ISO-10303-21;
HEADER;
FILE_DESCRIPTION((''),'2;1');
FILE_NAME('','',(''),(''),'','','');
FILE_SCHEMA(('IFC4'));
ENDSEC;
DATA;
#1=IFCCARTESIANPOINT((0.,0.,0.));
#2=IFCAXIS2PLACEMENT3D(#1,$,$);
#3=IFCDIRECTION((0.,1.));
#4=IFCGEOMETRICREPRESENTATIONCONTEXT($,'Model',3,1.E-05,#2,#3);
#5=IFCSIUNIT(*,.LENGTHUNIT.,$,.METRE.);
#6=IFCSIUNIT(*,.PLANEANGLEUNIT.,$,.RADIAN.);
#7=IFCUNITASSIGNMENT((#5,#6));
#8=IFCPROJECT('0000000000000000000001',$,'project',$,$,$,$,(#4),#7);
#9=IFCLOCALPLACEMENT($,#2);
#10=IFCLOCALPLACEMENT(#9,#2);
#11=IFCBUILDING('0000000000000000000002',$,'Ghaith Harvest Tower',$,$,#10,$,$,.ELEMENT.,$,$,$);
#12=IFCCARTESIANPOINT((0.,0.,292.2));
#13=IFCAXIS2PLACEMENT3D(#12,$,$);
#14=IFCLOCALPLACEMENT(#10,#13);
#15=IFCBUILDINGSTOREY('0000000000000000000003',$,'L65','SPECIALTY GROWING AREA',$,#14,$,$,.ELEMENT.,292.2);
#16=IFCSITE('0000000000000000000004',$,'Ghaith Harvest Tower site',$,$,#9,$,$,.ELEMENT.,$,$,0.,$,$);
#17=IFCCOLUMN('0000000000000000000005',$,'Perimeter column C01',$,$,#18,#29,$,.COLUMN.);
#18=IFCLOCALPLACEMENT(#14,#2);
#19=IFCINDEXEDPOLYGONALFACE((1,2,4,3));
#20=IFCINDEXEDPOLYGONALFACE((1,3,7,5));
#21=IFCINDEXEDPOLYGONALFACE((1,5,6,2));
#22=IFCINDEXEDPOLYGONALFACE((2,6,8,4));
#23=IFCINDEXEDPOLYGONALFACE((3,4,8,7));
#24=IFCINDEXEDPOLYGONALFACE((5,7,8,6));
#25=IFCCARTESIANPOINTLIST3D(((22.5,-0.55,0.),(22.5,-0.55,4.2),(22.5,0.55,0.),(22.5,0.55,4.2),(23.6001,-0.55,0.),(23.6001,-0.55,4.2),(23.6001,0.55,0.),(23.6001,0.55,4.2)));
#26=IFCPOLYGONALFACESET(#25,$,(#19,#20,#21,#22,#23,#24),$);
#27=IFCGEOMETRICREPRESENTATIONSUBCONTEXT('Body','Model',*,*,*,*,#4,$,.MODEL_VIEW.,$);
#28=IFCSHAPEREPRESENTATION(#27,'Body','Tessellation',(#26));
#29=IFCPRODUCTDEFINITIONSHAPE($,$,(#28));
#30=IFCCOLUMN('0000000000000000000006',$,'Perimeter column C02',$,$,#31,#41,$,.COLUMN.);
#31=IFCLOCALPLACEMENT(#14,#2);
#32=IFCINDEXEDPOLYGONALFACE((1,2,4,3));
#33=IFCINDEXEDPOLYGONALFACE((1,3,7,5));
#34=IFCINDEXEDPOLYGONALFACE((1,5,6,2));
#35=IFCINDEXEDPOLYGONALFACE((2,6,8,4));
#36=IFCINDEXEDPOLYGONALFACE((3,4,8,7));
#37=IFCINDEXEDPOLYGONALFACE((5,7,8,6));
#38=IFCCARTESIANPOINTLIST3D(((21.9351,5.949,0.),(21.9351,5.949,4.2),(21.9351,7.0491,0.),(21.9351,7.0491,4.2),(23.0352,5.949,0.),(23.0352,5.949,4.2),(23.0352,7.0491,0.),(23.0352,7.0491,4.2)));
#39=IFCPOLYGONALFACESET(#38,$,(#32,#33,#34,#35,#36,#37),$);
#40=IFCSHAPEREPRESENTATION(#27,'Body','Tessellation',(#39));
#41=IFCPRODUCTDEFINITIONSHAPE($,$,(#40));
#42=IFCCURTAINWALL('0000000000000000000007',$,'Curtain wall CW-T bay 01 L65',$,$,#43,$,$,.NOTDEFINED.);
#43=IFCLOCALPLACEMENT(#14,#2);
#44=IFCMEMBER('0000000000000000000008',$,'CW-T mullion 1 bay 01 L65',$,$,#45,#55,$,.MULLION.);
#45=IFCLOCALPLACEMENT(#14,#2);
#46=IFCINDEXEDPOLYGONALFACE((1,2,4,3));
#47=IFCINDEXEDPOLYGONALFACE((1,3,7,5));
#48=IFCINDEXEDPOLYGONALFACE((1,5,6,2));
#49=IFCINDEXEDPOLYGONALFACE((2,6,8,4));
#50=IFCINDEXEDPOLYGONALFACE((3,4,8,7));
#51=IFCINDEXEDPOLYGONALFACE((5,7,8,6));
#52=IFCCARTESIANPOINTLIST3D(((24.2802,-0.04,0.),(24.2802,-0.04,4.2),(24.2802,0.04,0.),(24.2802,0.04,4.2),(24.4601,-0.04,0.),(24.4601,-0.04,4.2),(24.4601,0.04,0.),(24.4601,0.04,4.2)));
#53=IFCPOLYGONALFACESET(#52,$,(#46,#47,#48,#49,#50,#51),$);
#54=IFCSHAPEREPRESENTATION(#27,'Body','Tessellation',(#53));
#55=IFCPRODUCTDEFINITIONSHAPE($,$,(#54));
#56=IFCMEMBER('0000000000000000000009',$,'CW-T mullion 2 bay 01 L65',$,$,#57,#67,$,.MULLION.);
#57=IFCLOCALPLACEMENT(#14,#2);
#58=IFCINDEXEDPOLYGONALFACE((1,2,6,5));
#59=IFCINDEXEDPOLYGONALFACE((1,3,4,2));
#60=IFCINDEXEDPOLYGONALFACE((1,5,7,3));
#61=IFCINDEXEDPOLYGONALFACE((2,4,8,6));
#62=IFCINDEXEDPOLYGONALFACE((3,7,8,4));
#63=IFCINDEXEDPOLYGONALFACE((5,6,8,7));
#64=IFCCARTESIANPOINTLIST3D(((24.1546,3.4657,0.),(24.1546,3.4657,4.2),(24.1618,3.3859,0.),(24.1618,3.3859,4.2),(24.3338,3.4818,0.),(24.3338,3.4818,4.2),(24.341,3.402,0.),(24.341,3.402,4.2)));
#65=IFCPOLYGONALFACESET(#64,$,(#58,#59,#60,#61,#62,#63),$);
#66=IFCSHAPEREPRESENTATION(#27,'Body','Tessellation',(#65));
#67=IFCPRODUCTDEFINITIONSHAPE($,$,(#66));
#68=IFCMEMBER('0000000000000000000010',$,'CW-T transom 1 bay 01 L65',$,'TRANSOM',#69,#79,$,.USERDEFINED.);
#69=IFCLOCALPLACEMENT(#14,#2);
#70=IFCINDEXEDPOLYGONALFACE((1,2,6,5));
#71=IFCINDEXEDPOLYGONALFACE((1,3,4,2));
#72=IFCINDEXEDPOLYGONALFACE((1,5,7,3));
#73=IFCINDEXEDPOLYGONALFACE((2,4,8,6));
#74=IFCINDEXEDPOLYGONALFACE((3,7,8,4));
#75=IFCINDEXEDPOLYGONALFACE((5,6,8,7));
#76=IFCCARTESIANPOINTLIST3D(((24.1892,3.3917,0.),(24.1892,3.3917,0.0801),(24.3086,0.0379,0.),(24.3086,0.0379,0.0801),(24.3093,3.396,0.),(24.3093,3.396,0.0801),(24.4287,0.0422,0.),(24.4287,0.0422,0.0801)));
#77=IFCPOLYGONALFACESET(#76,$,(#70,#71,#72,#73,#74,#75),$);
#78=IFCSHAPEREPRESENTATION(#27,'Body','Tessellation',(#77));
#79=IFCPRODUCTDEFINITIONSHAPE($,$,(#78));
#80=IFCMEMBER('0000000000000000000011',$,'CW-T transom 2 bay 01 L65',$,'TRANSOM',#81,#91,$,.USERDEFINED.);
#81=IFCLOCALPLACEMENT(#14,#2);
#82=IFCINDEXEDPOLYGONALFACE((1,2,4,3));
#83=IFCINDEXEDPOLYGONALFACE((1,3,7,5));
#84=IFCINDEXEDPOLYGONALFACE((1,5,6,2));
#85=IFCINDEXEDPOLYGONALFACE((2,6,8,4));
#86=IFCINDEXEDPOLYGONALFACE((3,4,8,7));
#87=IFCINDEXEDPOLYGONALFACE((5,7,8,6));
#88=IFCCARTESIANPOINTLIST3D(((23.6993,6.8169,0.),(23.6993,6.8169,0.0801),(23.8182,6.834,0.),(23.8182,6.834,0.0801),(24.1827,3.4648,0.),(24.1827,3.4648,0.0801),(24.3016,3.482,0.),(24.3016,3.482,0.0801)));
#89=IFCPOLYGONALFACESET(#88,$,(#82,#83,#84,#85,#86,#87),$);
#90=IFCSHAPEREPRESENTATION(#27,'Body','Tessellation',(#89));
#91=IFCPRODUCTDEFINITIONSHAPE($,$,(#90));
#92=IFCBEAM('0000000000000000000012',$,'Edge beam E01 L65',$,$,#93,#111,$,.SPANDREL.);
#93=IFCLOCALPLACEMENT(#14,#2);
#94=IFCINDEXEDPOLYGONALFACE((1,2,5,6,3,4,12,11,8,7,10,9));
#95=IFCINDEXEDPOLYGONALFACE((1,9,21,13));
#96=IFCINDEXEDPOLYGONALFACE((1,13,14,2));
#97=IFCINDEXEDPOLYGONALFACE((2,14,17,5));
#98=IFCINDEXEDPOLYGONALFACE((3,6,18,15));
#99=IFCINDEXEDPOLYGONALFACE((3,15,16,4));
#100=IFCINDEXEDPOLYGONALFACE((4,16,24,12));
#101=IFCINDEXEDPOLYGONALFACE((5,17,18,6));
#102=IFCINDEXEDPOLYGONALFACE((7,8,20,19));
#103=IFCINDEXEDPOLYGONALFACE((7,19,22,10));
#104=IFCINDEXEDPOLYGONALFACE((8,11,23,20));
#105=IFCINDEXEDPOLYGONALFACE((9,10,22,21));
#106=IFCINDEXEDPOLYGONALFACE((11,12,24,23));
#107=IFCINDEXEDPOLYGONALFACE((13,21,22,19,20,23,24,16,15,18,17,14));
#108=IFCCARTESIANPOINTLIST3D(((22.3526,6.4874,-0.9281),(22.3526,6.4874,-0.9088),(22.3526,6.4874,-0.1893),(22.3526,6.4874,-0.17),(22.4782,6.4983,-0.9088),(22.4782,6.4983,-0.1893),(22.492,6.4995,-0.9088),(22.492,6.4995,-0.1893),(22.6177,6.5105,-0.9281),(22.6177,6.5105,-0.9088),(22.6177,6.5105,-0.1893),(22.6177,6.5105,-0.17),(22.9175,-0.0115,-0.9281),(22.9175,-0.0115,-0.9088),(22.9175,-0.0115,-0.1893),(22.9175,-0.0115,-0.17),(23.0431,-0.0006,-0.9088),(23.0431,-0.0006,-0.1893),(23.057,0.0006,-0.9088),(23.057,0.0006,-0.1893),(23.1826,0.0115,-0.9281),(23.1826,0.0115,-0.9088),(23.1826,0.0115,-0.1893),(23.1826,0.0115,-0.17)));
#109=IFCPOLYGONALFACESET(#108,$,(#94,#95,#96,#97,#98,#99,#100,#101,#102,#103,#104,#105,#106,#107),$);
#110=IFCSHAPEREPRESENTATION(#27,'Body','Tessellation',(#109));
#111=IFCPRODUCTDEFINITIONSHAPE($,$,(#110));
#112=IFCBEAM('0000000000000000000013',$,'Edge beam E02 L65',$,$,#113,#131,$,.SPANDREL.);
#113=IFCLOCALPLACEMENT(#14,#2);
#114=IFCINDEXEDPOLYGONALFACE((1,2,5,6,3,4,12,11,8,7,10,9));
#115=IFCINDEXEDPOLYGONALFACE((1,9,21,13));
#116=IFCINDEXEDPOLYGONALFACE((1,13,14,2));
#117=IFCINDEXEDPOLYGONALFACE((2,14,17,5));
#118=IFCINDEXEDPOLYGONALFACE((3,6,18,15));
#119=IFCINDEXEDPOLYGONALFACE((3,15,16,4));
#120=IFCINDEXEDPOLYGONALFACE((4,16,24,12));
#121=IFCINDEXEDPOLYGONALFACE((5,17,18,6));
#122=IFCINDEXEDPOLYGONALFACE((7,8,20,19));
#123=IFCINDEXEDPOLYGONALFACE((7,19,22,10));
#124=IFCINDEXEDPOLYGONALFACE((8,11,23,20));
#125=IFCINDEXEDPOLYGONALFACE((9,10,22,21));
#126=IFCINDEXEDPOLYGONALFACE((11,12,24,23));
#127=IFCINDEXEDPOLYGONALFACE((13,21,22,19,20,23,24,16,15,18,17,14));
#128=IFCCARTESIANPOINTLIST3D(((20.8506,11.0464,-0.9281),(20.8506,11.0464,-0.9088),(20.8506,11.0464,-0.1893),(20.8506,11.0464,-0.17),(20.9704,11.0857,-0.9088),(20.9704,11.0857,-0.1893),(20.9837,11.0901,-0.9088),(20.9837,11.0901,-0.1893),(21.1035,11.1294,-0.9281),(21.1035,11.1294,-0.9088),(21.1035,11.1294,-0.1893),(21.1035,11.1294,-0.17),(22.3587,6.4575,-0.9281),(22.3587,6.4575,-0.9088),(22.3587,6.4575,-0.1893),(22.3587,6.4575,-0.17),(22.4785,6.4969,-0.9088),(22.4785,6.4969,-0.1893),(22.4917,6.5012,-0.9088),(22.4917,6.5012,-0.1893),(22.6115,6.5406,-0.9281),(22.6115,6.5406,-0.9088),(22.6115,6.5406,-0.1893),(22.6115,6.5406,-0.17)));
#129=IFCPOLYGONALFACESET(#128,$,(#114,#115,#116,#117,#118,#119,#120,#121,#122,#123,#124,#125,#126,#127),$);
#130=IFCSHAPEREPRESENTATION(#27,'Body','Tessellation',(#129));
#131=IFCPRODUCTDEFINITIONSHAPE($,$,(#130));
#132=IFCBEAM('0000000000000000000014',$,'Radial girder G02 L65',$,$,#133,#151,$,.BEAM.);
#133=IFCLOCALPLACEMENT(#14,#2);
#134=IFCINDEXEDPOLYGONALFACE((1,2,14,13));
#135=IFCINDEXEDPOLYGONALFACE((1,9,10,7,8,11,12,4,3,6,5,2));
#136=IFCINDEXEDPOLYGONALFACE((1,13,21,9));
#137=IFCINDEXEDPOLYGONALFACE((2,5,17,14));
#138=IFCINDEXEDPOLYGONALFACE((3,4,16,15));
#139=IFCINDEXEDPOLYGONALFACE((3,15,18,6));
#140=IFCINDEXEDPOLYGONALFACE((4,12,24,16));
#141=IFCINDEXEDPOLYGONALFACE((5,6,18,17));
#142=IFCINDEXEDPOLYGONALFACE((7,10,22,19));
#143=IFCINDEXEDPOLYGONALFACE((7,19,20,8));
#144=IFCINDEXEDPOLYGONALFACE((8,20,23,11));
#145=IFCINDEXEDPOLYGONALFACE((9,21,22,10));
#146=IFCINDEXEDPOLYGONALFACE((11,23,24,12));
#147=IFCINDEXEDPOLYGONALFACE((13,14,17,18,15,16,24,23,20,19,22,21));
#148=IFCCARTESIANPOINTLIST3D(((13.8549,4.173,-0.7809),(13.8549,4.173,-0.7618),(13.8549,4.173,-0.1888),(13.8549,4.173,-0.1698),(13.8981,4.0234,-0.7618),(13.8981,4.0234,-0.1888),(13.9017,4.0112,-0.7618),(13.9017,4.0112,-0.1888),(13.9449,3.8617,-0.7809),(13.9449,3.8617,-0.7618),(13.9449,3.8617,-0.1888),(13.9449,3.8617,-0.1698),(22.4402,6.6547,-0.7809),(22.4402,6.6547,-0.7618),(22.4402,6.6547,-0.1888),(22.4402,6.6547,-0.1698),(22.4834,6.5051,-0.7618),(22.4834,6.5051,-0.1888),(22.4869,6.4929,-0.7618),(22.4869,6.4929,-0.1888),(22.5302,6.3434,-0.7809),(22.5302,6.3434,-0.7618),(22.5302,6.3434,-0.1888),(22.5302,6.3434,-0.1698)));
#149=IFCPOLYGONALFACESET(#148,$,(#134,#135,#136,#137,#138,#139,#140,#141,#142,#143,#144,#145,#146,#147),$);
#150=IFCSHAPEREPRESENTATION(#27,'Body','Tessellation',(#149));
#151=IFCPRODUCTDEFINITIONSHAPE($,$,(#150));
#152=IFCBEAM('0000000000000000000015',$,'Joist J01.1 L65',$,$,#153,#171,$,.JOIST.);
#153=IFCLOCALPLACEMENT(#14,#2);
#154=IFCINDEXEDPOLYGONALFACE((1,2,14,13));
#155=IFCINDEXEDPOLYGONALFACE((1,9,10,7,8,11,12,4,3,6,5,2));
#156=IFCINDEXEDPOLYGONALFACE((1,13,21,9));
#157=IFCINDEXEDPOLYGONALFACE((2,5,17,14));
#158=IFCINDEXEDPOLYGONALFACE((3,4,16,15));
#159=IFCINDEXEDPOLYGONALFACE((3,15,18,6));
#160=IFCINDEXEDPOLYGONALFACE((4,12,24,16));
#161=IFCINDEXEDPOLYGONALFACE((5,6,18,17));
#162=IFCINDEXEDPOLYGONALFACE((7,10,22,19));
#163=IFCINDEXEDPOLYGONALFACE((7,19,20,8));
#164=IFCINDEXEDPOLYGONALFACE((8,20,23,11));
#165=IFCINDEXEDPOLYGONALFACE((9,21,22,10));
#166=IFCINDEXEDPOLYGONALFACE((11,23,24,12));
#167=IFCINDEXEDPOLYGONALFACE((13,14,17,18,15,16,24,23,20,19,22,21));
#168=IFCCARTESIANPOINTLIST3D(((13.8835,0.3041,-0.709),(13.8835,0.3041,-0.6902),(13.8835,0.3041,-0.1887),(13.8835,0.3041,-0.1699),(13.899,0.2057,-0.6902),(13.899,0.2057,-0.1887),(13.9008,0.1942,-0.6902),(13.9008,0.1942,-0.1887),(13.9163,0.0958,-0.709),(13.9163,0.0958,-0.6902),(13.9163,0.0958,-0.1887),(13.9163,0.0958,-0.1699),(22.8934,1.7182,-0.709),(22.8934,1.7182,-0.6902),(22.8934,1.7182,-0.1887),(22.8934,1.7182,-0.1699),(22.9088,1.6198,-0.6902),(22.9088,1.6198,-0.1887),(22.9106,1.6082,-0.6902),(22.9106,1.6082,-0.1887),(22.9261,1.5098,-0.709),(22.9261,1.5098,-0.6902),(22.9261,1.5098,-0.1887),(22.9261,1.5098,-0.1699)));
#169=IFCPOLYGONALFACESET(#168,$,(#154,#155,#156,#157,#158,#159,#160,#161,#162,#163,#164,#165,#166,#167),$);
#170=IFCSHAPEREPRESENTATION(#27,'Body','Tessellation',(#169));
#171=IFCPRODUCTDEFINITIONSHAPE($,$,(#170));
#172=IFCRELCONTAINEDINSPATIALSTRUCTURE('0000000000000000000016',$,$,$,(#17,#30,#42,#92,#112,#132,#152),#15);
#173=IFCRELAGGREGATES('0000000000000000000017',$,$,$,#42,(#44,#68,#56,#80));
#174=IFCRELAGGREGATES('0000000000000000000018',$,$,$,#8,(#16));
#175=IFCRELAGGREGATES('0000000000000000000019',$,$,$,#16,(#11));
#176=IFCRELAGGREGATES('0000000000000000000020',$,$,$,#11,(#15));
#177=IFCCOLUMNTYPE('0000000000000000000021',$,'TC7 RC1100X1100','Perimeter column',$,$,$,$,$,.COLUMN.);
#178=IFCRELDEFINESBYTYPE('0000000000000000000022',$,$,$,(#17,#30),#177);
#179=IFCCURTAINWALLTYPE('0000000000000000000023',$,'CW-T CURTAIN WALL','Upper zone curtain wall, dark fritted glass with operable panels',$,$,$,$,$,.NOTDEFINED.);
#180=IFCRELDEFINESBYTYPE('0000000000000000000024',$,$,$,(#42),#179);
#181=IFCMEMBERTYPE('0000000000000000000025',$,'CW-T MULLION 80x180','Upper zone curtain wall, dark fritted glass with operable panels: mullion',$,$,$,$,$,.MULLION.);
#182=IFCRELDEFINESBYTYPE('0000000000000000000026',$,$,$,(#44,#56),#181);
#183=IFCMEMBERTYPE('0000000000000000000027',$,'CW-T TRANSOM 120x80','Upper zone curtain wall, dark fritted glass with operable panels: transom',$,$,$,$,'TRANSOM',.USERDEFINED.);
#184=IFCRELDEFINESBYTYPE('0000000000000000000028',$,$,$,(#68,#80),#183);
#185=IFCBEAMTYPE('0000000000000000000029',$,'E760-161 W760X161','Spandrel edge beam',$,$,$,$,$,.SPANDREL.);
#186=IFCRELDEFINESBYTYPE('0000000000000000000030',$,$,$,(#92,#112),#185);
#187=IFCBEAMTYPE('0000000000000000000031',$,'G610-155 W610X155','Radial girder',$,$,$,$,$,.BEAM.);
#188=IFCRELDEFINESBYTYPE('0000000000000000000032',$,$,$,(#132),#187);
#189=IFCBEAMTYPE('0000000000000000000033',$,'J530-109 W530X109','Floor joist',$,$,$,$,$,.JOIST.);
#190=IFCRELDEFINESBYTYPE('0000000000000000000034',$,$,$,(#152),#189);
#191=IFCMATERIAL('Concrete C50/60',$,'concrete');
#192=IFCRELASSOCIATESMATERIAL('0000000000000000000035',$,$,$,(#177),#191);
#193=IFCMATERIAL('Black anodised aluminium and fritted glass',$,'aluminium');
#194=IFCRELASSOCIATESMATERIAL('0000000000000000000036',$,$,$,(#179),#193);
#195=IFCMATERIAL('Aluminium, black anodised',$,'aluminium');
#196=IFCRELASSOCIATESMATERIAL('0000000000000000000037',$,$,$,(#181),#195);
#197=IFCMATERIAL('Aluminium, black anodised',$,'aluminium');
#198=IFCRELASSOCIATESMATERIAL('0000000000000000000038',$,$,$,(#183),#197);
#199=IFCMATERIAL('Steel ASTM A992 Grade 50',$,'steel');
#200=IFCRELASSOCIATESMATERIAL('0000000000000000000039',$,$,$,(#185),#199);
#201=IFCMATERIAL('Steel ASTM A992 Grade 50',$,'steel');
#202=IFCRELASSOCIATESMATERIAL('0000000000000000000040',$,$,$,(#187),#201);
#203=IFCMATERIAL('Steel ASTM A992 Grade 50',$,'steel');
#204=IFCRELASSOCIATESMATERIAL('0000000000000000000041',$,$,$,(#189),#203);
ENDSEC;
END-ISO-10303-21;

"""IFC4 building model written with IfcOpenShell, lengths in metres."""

from ifc_helpers import new_model, si_unit, direction, frame, origin, origin_2d, place, context, subcontext, project, spatial, rectangle, i_section, extrude, material, material_profile, profile_set, type_object, element, aggregate, save


model = new_model("IFC4")

# Units and contexts
model_context = context("Model", 3, precision=1e-05, world=origin(), true_north=direction((0.0, 1.0)))
body_context = subcontext(model_context, "Body", "Model", "MODEL_VIEW")
ifc_project = project(units=[si_unit("LENGTHUNIT", "METRE"), si_unit("PLANEANGLEUNIT", "RADIAN")], contexts=[model_context])

# Site, building, storey
site_placement = place(None, origin())
site = spatial("IfcSite", under=ifc_project, at=site_placement, Name="Ghaith Harvest Tower site", CompositionType="ELEMENT", RefElevation=0.0)
building_placement = place(site_placement, origin())
building = spatial("IfcBuilding", under=site, at=building_placement, Name="Ghaith Harvest Tower", CompositionType="ELEMENT")
storey_placement = place(building_placement, frame((0.0, 0.0, 292.2)))
storey = spatial("IfcBuildingStorey", under=building, at=storey_placement, Name="L65", Description="SPECIALTY GROWING AREA", CompositionType="ELEMENT", Elevation=292.2)

# Columns
ifc_material_1 = material(Name="Concrete C50/60", Category="concrete")
ifc_material_profile_1 = material_profile(ifc_material_1, rectangle(XDim=1.1001, YDim=1.1001, at=origin_2d()), Name="RC1100X1100")
ifc_profile_set_1 = profile_set([ifc_material_profile_1], Name="Concrete C50/60")
column_type = type_object("IfcColumnType", Name="TC7 RC1100X1100", Description="Perimeter column", PredefinedType="COLUMN", material=ifc_profile_set_1)
for number, where, z_axis, x_axis, name in (
    (1, (23.05, 0.0, 0.0), (0.0, 0.0, 1.0), (1.0, 0.0, 0.0), "Perimeter column C01"),
    (2, (22.4851, 6.499, 0.0), (0.0, 0.0, 1.0), (1.0, 0.0, 0.0), "Perimeter column C02"),
):
    element("IfcColumn", number, at=place(storey_placement, frame(where, z_axis=z_axis, x_axis=x_axis)), inside=storey, type_object=column_type, Name=name, PredefinedType="COLUMN", context=body_context, shape_type="SweptSolid", body=[
        extrude(rectangle(XDim=1.1001, YDim=1.1001, at=origin_2d()), origin(), (0.0, 0.0, 1.0), 4.2),
    ])

# Curtain wall, members
ifc_material_2 = material(Name="Black anodised aluminium and fritted glass", Category="aluminium")
curtain_wall_type = type_object("IfcCurtainWallType", Name="CW-T CURTAIN WALL", Description="Upper zone curtain wall, dark fritted glass with operable panels", PredefinedType="NOTDEFINED", material=ifc_material_2)
curtain_wall_placement = place(storey_placement, origin())
curtain_wall = element("IfcCurtainWall", 3, at=curtain_wall_placement, inside=storey, type_object=curtain_wall_type, Name="Curtain wall CW-T bay 01 L65", PredefinedType="NOTDEFINED")
ifc_material_3 = material(Name="Aluminium, black anodised", Category="aluminium")
ifc_material_profile_2 = material_profile(ifc_material_3, rectangle(XDim=0.0801, YDim=0.1799, at=origin_2d()), Name="CW-T MULLION 80x180")
ifc_profile_set_2 = profile_set([ifc_material_profile_2], Name="Aluminium, black anodised")
member_type_1 = type_object("IfcMemberType", Name="CW-T MULLION 80x180", Description="Upper zone curtain wall, dark fritted glass with operable panels: mullion", PredefinedType="MULLION", material=ifc_profile_set_2)
member_1_placement = place(storey_placement, frame((24.3701, 0.0, 0.0), z_axis=(0.0, 0.0, 1.0), x_axis=(0.0, 1.0, 0.0)))
member_1 = element("IfcMember", 4, at=member_1_placement, type_object=member_type_1, Name="CW-T mullion 1 bay 01 L65", PredefinedType="MULLION", context=body_context, shape_type="SweptSolid", body=[
    extrude(rectangle(XDim=0.0801, YDim=0.1799, at=origin_2d()), origin(), (0.0, 0.0, 1.0), 4.2),
])
member_2_placement = place(storey_placement, frame((24.2478, 3.4338, 0.0), z_axis=(0.0, 0.0, 1.0), x_axis=(-0.089502, 0.995987, 0.0)))
member_2 = element("IfcMember", 5, at=member_2_placement, type_object=member_type_1, Name="CW-T mullion 2 bay 01 L65", PredefinedType="MULLION", context=body_context, shape_type="SweptSolid", body=[
    extrude(rectangle(XDim=0.0801, YDim=0.1799, at=origin_2d()), origin(), (0.0, 0.0, 1.0), 4.2),
])
ifc_material_4 = material(Name="Aluminium, black anodised", Category="aluminium")
ifc_material_profile_3 = material_profile(ifc_material_4, rectangle(XDim=0.1201, YDim=0.0801, at=origin_2d()), Name="CW-T TRANSOM 120x80")
ifc_profile_set_3 = profile_set([ifc_material_profile_3], Name="Aluminium, black anodised")
member_type_2 = type_object("IfcMemberType", Name="CW-T TRANSOM 120x80", Description="Upper zone curtain wall, dark fritted glass with operable panels: transom", ElementType="TRANSOM", PredefinedType="USERDEFINED", material=ifc_profile_set_3)
member_3_placement = place(storey_placement, frame((24.3687, 0.04, 0.04), z_axis=(-0.035575, 0.999367, 0.0), x_axis=(-0.999367, -0.035575, 0.0)))
member_3 = element("IfcMember", 6, at=member_3_placement, type_object=member_type_2, Name="CW-T transom 1 bay 01 L65", ObjectType="TRANSOM", PredefinedType="USERDEFINED", context=body_context, shape_type="SweptSolid", body=[
    extrude(rectangle(XDim=0.1201, YDim=0.0801, at=origin_2d()), origin(), (0.0, 0.0, 1.0), 3.356),
])
member_4_placement = place(storey_placement, frame((24.2422, 3.4734, 0.04), z_axis=(-0.142733, 0.989761, 0.0), x_axis=(-0.989761, -0.142733, 0.0)))
member_4 = element("IfcMember", 7, at=member_4_placement, type_object=member_type_2, Name="CW-T transom 2 bay 01 L65", ObjectType="TRANSOM", PredefinedType="USERDEFINED", context=body_context, shape_type="SweptSolid", body=[
    extrude(rectangle(XDim=0.1201, YDim=0.0801, at=origin_2d()), origin(), (0.0, 0.0, 1.0), 3.3867),
])

# Beams
ifc_material_5 = material(Name="Steel ASTM A992 Grade 50", Category="steel")
ifc_material_profile_4 = material_profile(ifc_material_5, i_section(OverallWidth=0.2661, OverallDepth=0.7581, WebThickness=0.0139, FlangeThickness=0.0193, at=origin_2d()), Name="W760X161")
ifc_profile_set_4 = profile_set([ifc_material_profile_4], Name="Steel ASTM A992 Grade 50")
beam_type_1 = type_object("IfcBeamType", Name="E760-161 W760X161", Description="Spandrel edge beam", PredefinedType="SPANDREL", material=ifc_profile_set_4)
beam_1_placement = place(storey_placement, frame((23.05, 0.0, -0.5491), z_axis=(-0.086601, 0.996243, 0.0), x_axis=(-0.996243, -0.086601, 0.0)))
element("IfcBeam", 8, at=beam_1_placement, inside=storey, type_object=beam_type_1, Name="Edge beam E01 L65", PredefinedType="SPANDREL", context=body_context, shape_type="SweptSolid", body=[
    extrude(i_section(OverallWidth=0.2661, OverallDepth=0.7581, WebThickness=0.0139, FlangeThickness=0.0193, at=origin_2d()), origin(), (0.0, 0.0, 1.0), 6.5234),
])
beam_2_placement = place(storey_placement, frame((22.4851, 6.499, -0.5491), z_axis=(-0.312207, 0.950014, 0.0), x_axis=(-0.950014, -0.312207, 0.0)))
element("IfcBeam", 9, at=beam_2_placement, inside=storey, type_object=beam_type_1, Name="Edge beam E02 L65", PredefinedType="SPANDREL", context=body_context, shape_type="SweptSolid", body=[
    extrude(i_section(OverallWidth=0.2661, OverallDepth=0.7581, WebThickness=0.0139, FlangeThickness=0.0193, at=origin_2d()), origin(), (0.0, 0.0, 1.0), 4.8303),
])
ifc_material_6 = material(Name="Steel ASTM A992 Grade 50", Category="steel")
ifc_material_profile_5 = material_profile(ifc_material_6, i_section(OverallWidth=0.324, OverallDepth=0.6111, WebThickness=0.0127, FlangeThickness=0.019, at=origin_2d()), Name="W610X155")
ifc_profile_set_5 = profile_set([ifc_material_profile_5], Name="Steel ASTM A992 Grade 50")
beam_type_2 = type_object("IfcBeamType", Name="G610-155 W610X155", Description="Radial girder", PredefinedType="BEAM", material=ifc_profile_set_5)
beam_3_placement = place(storey_placement, frame((13.8999, 4.0173, -0.4753), z_axis=(0.960669, 0.277697, 0.0), x_axis=(-0.277697, 0.960669, 0.0)))
element("IfcBeam", 10, at=beam_3_placement, inside=storey, type_object=beam_type_2, Name="Radial girder G02 L65", PredefinedType="BEAM", context=body_context, shape_type="SweptSolid", body=[
    extrude(i_section(OverallWidth=0.324, OverallDepth=0.6111, WebThickness=0.0127, FlangeThickness=0.019, at=origin_2d()), origin(), (0.0, 0.0, 1.0), 8.9368),
])
ifc_material_7 = material(Name="Steel ASTM A992 Grade 50", Category="steel")
ifc_material_profile_6 = material_profile(ifc_material_7, i_section(OverallWidth=0.2109, OverallDepth=0.5391, WebThickness=0.0117, FlangeThickness=0.0188, at=origin_2d()), Name="W530X109")
ifc_profile_set_6 = profile_set([ifc_material_profile_6], Name="Steel ASTM A992 Grade 50")
beam_type_3 = type_object("IfcBeamType", Name="J530-109 W530X109", Description="Floor joist", PredefinedType="JOIST", material=ifc_profile_set_6)
beam_4_placement = place(storey_placement, frame((13.8999, 0.2, -0.4395), z_axis=(0.987907, 0.15505, 0.0), x_axis=(-0.15505, 0.987907, 0.0)))
element("IfcBeam", 11, at=beam_4_placement, inside=storey, type_object=beam_type_3, Name="Joist J01.1 L65", PredefinedType="JOIST", context=body_context, shape_type="SweptSolid", body=[
    extrude(i_section(OverallWidth=0.2109, OverallDepth=0.5391, WebThickness=0.0117, FlangeThickness=0.0188, at=origin_2d()), origin(), (0.0, 0.0, 1.0), 9.1201),
])

aggregate(curtain_wall, [member_1, member_3, member_2, member_4])

save(model, "model.ifc")
